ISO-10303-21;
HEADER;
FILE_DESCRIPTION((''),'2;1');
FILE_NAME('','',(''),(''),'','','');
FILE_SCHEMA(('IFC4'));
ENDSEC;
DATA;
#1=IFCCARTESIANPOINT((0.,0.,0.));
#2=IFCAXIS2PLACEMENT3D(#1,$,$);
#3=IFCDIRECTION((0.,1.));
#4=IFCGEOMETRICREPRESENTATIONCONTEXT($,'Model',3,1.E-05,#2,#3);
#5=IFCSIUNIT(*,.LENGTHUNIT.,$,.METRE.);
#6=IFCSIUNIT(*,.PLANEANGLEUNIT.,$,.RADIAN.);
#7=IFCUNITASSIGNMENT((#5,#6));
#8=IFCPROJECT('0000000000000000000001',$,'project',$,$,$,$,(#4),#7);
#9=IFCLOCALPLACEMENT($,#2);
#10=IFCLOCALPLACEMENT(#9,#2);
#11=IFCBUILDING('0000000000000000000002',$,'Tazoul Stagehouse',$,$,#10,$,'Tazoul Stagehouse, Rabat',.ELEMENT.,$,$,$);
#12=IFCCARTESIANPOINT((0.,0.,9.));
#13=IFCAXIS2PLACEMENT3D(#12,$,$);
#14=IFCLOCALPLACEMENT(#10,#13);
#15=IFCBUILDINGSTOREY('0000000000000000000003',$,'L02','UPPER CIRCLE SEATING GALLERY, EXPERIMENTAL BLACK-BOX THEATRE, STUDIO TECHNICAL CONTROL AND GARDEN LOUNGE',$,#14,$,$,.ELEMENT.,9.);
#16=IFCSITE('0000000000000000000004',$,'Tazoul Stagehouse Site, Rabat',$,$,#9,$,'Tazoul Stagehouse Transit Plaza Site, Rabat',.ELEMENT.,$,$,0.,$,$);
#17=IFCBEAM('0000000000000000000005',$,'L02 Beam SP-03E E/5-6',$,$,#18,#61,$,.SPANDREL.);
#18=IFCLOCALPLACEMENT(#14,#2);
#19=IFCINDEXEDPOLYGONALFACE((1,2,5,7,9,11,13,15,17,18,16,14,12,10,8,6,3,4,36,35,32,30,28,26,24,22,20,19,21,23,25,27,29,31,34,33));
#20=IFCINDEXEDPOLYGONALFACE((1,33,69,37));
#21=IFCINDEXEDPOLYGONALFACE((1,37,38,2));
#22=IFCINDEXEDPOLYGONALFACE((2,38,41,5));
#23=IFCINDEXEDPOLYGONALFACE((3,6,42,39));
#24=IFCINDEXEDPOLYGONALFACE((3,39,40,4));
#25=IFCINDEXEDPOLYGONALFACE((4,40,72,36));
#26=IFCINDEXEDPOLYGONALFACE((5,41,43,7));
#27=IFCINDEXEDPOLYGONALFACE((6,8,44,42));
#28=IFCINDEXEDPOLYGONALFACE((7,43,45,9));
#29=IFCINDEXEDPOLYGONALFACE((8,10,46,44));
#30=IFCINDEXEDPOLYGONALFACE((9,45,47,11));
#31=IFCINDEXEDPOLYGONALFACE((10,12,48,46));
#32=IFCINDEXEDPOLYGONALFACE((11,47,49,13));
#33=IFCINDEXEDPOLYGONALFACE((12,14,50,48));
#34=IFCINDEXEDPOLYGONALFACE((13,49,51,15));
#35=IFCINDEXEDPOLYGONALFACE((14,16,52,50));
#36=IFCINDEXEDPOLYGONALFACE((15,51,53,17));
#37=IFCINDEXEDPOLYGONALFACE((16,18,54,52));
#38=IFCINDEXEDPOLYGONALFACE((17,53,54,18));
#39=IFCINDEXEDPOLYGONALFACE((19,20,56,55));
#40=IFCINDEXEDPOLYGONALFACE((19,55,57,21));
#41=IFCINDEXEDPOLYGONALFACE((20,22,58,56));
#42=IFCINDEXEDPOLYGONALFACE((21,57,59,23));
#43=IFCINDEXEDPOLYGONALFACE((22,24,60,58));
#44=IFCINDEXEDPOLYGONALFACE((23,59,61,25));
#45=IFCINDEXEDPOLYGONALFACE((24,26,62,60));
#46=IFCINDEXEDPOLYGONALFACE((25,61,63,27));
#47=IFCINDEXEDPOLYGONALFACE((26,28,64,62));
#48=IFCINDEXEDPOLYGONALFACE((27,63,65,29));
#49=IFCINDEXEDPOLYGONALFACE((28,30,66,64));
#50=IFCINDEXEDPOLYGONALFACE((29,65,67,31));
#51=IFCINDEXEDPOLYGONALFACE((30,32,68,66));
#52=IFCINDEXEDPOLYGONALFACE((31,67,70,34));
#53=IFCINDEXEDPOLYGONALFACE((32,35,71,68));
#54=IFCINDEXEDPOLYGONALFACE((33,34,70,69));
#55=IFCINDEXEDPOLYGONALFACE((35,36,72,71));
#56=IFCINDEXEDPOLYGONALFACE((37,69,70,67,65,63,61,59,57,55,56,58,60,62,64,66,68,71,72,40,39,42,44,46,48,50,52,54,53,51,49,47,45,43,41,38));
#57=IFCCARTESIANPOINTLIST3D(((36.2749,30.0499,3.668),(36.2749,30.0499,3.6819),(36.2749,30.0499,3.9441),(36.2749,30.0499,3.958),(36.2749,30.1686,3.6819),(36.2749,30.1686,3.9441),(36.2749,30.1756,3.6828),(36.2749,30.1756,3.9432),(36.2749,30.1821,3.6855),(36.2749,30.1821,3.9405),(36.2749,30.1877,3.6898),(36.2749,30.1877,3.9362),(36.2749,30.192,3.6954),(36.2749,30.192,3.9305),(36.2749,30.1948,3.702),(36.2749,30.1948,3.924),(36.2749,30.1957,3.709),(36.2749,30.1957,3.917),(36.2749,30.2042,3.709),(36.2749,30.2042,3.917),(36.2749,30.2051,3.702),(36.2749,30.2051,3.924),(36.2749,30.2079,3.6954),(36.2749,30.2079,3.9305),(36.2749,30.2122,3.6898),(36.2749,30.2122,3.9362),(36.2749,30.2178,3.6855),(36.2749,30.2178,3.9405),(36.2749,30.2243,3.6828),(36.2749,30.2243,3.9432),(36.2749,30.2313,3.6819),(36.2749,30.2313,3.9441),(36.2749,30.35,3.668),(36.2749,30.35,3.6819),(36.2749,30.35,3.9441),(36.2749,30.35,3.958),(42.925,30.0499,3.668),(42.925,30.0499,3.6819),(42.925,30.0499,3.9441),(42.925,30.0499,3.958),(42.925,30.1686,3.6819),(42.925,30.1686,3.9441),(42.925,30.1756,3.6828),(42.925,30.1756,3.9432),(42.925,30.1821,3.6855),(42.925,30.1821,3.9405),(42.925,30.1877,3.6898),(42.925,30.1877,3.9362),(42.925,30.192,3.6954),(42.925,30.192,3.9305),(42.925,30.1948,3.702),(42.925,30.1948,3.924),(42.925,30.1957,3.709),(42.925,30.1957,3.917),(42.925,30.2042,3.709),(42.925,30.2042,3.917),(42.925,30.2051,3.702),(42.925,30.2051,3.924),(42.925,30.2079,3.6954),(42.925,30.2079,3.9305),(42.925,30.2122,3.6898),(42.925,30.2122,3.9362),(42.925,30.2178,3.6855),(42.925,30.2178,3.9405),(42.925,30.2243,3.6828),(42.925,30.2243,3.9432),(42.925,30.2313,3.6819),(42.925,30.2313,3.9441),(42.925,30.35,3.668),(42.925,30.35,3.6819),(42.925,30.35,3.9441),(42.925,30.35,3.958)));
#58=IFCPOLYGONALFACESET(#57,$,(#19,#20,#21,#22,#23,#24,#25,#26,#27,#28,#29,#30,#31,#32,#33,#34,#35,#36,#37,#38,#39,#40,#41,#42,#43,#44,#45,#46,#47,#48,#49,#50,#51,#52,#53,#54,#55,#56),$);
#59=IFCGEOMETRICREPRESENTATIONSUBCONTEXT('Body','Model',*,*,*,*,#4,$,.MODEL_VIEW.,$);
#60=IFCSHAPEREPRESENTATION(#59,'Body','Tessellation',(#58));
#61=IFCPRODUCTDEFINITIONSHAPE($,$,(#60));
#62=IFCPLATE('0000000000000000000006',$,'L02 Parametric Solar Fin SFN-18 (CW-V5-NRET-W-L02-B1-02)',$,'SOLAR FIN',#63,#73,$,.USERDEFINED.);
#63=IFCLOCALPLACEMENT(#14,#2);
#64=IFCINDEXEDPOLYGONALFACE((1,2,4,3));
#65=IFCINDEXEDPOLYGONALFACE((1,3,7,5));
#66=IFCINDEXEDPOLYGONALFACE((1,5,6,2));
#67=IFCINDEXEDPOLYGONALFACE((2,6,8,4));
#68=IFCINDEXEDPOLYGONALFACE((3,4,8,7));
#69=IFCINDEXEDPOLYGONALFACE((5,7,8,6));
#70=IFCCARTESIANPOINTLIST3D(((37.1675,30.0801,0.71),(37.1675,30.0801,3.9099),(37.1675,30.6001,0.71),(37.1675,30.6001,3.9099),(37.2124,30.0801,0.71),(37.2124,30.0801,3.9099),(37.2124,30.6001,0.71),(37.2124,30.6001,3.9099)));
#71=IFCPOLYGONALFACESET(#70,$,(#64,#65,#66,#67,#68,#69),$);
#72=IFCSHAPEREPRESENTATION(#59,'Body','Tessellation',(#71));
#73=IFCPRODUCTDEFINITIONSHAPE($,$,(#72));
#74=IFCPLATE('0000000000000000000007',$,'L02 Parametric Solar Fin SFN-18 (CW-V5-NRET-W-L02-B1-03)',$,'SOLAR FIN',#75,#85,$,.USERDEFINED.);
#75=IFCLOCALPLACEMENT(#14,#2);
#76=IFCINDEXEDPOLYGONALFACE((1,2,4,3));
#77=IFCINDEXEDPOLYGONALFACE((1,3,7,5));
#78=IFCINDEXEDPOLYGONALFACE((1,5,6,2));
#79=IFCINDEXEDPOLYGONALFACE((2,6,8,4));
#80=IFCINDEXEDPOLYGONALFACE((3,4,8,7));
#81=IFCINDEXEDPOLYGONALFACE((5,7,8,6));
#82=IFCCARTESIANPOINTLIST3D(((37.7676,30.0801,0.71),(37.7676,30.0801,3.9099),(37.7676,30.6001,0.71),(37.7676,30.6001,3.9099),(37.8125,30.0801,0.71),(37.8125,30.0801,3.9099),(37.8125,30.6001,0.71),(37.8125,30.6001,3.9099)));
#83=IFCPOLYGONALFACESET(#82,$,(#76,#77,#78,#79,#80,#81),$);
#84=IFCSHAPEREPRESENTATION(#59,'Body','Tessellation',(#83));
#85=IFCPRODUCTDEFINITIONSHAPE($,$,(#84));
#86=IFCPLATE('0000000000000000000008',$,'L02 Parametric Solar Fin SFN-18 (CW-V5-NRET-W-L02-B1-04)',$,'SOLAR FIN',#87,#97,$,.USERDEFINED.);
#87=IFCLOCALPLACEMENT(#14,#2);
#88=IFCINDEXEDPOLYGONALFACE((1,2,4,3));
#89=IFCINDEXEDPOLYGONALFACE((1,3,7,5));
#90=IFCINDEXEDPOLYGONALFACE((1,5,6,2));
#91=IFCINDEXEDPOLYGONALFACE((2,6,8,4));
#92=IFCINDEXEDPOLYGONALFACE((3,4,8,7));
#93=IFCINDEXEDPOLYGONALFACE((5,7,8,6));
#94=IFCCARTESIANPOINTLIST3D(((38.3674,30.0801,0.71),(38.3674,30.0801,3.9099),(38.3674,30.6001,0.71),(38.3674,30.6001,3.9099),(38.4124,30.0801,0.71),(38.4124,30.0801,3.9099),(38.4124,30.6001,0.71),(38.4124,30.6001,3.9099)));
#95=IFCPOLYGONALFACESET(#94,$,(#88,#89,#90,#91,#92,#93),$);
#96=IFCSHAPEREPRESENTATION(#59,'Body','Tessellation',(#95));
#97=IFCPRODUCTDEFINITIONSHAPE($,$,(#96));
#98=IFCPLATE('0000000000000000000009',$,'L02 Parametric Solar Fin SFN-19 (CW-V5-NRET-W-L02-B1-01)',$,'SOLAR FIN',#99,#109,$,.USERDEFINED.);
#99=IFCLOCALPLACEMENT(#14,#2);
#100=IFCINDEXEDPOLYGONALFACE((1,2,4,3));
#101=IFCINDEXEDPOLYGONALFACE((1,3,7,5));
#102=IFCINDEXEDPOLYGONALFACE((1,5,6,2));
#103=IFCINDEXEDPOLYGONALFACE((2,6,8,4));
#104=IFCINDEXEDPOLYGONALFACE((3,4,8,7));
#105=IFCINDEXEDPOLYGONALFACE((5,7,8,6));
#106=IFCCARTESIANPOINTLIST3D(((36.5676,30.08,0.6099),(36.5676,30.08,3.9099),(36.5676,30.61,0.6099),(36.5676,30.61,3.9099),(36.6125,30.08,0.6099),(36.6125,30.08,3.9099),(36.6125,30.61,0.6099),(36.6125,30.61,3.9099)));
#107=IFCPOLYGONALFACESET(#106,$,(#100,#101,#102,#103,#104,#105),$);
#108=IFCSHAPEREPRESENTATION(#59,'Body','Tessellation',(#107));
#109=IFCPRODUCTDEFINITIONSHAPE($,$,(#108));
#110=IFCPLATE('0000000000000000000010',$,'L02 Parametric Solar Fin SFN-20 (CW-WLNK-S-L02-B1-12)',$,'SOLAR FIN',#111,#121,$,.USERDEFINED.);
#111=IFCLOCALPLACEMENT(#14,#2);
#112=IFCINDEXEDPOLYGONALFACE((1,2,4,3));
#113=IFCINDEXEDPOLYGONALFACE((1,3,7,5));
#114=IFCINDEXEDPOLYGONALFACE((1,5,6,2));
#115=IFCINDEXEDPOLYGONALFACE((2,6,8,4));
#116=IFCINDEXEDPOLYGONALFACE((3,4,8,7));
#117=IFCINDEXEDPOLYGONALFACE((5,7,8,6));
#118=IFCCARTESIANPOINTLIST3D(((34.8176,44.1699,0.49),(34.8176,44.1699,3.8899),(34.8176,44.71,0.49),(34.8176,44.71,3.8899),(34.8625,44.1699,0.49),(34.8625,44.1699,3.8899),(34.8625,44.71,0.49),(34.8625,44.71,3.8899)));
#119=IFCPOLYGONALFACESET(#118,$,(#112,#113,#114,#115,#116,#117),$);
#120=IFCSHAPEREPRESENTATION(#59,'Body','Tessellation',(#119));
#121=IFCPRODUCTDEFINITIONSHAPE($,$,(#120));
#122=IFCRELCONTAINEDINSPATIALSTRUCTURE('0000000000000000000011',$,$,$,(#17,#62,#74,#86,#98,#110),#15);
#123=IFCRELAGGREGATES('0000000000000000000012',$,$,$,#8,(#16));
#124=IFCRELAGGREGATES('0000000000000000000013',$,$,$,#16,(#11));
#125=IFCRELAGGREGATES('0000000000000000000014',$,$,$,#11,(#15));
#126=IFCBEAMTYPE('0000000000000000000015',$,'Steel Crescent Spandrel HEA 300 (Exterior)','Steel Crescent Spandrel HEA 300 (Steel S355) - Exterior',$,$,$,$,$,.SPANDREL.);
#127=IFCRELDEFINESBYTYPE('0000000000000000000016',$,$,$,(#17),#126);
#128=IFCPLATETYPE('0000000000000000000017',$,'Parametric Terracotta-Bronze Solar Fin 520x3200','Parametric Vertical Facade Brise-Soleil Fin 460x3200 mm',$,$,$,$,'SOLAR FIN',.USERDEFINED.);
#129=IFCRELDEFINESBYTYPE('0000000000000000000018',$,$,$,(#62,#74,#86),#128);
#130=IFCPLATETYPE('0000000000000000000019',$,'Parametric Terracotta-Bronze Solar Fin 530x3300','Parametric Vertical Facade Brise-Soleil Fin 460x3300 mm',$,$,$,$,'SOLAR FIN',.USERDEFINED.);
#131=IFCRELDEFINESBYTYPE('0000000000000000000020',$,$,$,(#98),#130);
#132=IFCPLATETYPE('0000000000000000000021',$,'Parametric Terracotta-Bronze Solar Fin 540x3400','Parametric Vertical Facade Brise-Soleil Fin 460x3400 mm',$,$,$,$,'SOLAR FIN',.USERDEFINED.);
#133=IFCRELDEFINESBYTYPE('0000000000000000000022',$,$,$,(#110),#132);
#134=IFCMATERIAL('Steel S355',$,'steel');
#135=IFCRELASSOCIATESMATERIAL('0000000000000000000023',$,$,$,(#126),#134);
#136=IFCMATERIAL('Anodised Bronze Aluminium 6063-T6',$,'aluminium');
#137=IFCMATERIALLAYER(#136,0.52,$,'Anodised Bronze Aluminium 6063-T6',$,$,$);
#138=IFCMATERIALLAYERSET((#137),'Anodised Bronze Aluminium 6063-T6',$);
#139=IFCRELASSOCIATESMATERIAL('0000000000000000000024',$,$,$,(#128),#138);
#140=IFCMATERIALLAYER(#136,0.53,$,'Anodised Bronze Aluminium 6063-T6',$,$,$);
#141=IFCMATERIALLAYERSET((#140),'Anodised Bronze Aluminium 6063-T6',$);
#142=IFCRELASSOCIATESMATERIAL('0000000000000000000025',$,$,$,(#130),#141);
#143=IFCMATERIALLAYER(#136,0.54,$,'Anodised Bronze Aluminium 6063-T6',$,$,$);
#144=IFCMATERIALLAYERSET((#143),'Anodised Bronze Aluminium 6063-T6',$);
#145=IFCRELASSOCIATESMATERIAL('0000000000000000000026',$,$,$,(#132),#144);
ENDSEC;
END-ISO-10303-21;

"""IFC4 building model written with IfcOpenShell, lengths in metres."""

from ifc_helpers import new_model, si_unit, direction, frame, origin, origin_2d, place, context, subcontext, project, spatial, rectangle, i_section, extrude, material, layer, layer_set, material_profile, profile_set, type_object, element, save


model = new_model("IFC4")

# Units and contexts
model_context = context("Model", 3, precision=1e-05, world=origin(), true_north=direction((0.0, 1.0)))
body_context = subcontext(model_context, "Body", "Model", "MODEL_VIEW")
ifc_project = project(units=[si_unit("LENGTHUNIT", "METRE"), si_unit("PLANEANGLEUNIT", "RADIAN")], contexts=[model_context])

# Site, building, storey
site_placement = place(None, origin())
site = spatial("IfcSite", under=ifc_project, at=site_placement, Name="Tazoul Stagehouse Site, Rabat", LongName="Tazoul Stagehouse Transit Plaza Site, Rabat", CompositionType="ELEMENT", RefElevation=0.0)
building_placement = place(site_placement, origin())
building = spatial("IfcBuilding", under=site, at=building_placement, Name="Tazoul Stagehouse", LongName="Tazoul Stagehouse, Rabat", CompositionType="ELEMENT")
storey_placement = place(building_placement, frame((0.0, 0.0, 9.0)))
storey = spatial("IfcBuildingStorey", under=building, at=storey_placement, Name="L02", Description="UPPER CIRCLE SEATING GALLERY, EXPERIMENTAL BLACK-BOX THEATRE, STUDIO TECHNICAL CONTROL AND GARDEN LOUNGE", CompositionType="ELEMENT", Elevation=9.0)

# Beam
ifc_material_1 = material(Name="Steel S355", Category="steel")
ifc_material_profile = material_profile(ifc_material_1, i_section(OverallWidth=0.3, OverallDepth=0.29, WebThickness=0.0085, FlangeThickness=0.0139, FilletRadius=0.0271, at=origin_2d()), Name="HEA 300")
ifc_profile_set = profile_set([ifc_material_profile], Name="Steel S355")
beam_type = type_object("IfcBeamType", Name="Steel Crescent Spandrel HEA 300 (Exterior)", Description="Steel Crescent Spandrel HEA 300 (Steel S355) - Exterior", PredefinedType="SPANDREL", material=ifc_profile_set)
beam_placement = place(storey_placement, frame((36.2749, 30.2, 3.813), z_axis=(1.0, 0.0, 0.0), x_axis=(0.0, 1.0, 0.0)))
element("IfcBeam", 1, at=beam_placement, inside=storey, type_object=beam_type, Name="L02 Beam SP-03E E/5-6", PredefinedType="SPANDREL", context=body_context, shape_type="SweptSolid", body=[
    extrude(i_section(OverallWidth=0.3, OverallDepth=0.29, WebThickness=0.0085, FlangeThickness=0.0139, FilletRadius=0.0271, at=origin_2d()), origin(), (0.0, 0.0, 1.0), 6.6501),
])

# Plates
ifc_material_2 = material(Name="Anodised Bronze Aluminium 6063-T6", Category="aluminium")
ifc_layer_1 = layer(ifc_material_2, 0.52, Name="Anodised Bronze Aluminium 6063-T6")
ifc_layer_set_1 = layer_set([ifc_layer_1], Name="Anodised Bronze Aluminium 6063-T6")
plate_type_1 = type_object("IfcPlateType", Name="Parametric Terracotta-Bronze Solar Fin 520x3200", Description="Parametric Vertical Facade Brise-Soleil Fin 460x3200 mm", ElementType="SOLAR FIN", PredefinedType="USERDEFINED", material=ifc_layer_set_1)
for number, where, z_axis, x_axis, name in (
    (2, (37.1899, 30.3401, 0.71), (0.0, 0.0, 1.0), (1.0, 0.0, 0.0), "L02 Parametric Solar Fin SFN-18 (CW-V5-NRET-W-L02-B1-02)"),
    (3, (37.79, 30.3401, 0.71), (0.0, 0.0, 1.0), (1.0, 0.0, 0.0), "L02 Parametric Solar Fin SFN-18 (CW-V5-NRET-W-L02-B1-03)"),
    (4, (38.3899, 30.3401, 0.71), (0.0, 0.0, 1.0), (1.0, 0.0, 0.0), "L02 Parametric Solar Fin SFN-18 (CW-V5-NRET-W-L02-B1-04)"),
):
    element("IfcPlate", number, at=place(storey_placement, frame(where, z_axis=z_axis, x_axis=x_axis)), inside=storey, type_object=plate_type_1, Name=name, ObjectType="SOLAR FIN", PredefinedType="USERDEFINED", context=body_context, shape_type="SweptSolid", body=[
        extrude(rectangle(XDim=0.0449, YDim=0.52, at=origin_2d()), origin(), (0.0, 0.0, 1.0), 3.2),
    ])
ifc_layer_2 = layer(ifc_material_2, 0.53, Name="Anodised Bronze Aluminium 6063-T6")
ifc_layer_set_2 = layer_set([ifc_layer_2], Name="Anodised Bronze Aluminium 6063-T6")
plate_type_2 = type_object("IfcPlateType", Name="Parametric Terracotta-Bronze Solar Fin 530x3300", Description="Parametric Vertical Facade Brise-Soleil Fin 460x3300 mm", ElementType="SOLAR FIN", PredefinedType="USERDEFINED", material=ifc_layer_set_2)
plate_1_placement = place(storey_placement, frame((36.5901, 30.345, 0.6099), z_axis=(0.0, 0.0, 1.0), x_axis=(1.0, 0.0, 0.0)))
element("IfcPlate", 5, at=plate_1_placement, inside=storey, type_object=plate_type_2, Name="L02 Parametric Solar Fin SFN-19 (CW-V5-NRET-W-L02-B1-01)", ObjectType="SOLAR FIN", PredefinedType="USERDEFINED", context=body_context, shape_type="SweptSolid", body=[
    extrude(rectangle(XDim=0.0449, YDim=0.53, at=origin_2d()), origin(), (0.0, 0.0, 1.0), 3.3),
])
ifc_layer_3 = layer(ifc_material_2, 0.54, Name="Anodised Bronze Aluminium 6063-T6")
ifc_layer_set_3 = layer_set([ifc_layer_3], Name="Anodised Bronze Aluminium 6063-T6")
plate_type_3 = type_object("IfcPlateType", Name="Parametric Terracotta-Bronze Solar Fin 540x3400", Description="Parametric Vertical Facade Brise-Soleil Fin 460x3400 mm", ElementType="SOLAR FIN", PredefinedType="USERDEFINED", material=ifc_layer_set_3)
plate_2_placement = place(storey_placement, frame((34.8401, 44.4399, 0.49), z_axis=(0.0, 0.0, 1.0), x_axis=(1.0, 0.0, 0.0)))
element("IfcPlate", 6, at=plate_2_placement, inside=storey, type_object=plate_type_3, Name="L02 Parametric Solar Fin SFN-20 (CW-WLNK-S-L02-B1-12)", ObjectType="SOLAR FIN", PredefinedType="USERDEFINED", context=body_context, shape_type="SweptSolid", body=[
    extrude(rectangle(XDim=0.0449, YDim=0.54, at=origin_2d()), origin(), (0.0, 0.0, 1.0), 3.3999),
])

save(model, "model.ifc")
